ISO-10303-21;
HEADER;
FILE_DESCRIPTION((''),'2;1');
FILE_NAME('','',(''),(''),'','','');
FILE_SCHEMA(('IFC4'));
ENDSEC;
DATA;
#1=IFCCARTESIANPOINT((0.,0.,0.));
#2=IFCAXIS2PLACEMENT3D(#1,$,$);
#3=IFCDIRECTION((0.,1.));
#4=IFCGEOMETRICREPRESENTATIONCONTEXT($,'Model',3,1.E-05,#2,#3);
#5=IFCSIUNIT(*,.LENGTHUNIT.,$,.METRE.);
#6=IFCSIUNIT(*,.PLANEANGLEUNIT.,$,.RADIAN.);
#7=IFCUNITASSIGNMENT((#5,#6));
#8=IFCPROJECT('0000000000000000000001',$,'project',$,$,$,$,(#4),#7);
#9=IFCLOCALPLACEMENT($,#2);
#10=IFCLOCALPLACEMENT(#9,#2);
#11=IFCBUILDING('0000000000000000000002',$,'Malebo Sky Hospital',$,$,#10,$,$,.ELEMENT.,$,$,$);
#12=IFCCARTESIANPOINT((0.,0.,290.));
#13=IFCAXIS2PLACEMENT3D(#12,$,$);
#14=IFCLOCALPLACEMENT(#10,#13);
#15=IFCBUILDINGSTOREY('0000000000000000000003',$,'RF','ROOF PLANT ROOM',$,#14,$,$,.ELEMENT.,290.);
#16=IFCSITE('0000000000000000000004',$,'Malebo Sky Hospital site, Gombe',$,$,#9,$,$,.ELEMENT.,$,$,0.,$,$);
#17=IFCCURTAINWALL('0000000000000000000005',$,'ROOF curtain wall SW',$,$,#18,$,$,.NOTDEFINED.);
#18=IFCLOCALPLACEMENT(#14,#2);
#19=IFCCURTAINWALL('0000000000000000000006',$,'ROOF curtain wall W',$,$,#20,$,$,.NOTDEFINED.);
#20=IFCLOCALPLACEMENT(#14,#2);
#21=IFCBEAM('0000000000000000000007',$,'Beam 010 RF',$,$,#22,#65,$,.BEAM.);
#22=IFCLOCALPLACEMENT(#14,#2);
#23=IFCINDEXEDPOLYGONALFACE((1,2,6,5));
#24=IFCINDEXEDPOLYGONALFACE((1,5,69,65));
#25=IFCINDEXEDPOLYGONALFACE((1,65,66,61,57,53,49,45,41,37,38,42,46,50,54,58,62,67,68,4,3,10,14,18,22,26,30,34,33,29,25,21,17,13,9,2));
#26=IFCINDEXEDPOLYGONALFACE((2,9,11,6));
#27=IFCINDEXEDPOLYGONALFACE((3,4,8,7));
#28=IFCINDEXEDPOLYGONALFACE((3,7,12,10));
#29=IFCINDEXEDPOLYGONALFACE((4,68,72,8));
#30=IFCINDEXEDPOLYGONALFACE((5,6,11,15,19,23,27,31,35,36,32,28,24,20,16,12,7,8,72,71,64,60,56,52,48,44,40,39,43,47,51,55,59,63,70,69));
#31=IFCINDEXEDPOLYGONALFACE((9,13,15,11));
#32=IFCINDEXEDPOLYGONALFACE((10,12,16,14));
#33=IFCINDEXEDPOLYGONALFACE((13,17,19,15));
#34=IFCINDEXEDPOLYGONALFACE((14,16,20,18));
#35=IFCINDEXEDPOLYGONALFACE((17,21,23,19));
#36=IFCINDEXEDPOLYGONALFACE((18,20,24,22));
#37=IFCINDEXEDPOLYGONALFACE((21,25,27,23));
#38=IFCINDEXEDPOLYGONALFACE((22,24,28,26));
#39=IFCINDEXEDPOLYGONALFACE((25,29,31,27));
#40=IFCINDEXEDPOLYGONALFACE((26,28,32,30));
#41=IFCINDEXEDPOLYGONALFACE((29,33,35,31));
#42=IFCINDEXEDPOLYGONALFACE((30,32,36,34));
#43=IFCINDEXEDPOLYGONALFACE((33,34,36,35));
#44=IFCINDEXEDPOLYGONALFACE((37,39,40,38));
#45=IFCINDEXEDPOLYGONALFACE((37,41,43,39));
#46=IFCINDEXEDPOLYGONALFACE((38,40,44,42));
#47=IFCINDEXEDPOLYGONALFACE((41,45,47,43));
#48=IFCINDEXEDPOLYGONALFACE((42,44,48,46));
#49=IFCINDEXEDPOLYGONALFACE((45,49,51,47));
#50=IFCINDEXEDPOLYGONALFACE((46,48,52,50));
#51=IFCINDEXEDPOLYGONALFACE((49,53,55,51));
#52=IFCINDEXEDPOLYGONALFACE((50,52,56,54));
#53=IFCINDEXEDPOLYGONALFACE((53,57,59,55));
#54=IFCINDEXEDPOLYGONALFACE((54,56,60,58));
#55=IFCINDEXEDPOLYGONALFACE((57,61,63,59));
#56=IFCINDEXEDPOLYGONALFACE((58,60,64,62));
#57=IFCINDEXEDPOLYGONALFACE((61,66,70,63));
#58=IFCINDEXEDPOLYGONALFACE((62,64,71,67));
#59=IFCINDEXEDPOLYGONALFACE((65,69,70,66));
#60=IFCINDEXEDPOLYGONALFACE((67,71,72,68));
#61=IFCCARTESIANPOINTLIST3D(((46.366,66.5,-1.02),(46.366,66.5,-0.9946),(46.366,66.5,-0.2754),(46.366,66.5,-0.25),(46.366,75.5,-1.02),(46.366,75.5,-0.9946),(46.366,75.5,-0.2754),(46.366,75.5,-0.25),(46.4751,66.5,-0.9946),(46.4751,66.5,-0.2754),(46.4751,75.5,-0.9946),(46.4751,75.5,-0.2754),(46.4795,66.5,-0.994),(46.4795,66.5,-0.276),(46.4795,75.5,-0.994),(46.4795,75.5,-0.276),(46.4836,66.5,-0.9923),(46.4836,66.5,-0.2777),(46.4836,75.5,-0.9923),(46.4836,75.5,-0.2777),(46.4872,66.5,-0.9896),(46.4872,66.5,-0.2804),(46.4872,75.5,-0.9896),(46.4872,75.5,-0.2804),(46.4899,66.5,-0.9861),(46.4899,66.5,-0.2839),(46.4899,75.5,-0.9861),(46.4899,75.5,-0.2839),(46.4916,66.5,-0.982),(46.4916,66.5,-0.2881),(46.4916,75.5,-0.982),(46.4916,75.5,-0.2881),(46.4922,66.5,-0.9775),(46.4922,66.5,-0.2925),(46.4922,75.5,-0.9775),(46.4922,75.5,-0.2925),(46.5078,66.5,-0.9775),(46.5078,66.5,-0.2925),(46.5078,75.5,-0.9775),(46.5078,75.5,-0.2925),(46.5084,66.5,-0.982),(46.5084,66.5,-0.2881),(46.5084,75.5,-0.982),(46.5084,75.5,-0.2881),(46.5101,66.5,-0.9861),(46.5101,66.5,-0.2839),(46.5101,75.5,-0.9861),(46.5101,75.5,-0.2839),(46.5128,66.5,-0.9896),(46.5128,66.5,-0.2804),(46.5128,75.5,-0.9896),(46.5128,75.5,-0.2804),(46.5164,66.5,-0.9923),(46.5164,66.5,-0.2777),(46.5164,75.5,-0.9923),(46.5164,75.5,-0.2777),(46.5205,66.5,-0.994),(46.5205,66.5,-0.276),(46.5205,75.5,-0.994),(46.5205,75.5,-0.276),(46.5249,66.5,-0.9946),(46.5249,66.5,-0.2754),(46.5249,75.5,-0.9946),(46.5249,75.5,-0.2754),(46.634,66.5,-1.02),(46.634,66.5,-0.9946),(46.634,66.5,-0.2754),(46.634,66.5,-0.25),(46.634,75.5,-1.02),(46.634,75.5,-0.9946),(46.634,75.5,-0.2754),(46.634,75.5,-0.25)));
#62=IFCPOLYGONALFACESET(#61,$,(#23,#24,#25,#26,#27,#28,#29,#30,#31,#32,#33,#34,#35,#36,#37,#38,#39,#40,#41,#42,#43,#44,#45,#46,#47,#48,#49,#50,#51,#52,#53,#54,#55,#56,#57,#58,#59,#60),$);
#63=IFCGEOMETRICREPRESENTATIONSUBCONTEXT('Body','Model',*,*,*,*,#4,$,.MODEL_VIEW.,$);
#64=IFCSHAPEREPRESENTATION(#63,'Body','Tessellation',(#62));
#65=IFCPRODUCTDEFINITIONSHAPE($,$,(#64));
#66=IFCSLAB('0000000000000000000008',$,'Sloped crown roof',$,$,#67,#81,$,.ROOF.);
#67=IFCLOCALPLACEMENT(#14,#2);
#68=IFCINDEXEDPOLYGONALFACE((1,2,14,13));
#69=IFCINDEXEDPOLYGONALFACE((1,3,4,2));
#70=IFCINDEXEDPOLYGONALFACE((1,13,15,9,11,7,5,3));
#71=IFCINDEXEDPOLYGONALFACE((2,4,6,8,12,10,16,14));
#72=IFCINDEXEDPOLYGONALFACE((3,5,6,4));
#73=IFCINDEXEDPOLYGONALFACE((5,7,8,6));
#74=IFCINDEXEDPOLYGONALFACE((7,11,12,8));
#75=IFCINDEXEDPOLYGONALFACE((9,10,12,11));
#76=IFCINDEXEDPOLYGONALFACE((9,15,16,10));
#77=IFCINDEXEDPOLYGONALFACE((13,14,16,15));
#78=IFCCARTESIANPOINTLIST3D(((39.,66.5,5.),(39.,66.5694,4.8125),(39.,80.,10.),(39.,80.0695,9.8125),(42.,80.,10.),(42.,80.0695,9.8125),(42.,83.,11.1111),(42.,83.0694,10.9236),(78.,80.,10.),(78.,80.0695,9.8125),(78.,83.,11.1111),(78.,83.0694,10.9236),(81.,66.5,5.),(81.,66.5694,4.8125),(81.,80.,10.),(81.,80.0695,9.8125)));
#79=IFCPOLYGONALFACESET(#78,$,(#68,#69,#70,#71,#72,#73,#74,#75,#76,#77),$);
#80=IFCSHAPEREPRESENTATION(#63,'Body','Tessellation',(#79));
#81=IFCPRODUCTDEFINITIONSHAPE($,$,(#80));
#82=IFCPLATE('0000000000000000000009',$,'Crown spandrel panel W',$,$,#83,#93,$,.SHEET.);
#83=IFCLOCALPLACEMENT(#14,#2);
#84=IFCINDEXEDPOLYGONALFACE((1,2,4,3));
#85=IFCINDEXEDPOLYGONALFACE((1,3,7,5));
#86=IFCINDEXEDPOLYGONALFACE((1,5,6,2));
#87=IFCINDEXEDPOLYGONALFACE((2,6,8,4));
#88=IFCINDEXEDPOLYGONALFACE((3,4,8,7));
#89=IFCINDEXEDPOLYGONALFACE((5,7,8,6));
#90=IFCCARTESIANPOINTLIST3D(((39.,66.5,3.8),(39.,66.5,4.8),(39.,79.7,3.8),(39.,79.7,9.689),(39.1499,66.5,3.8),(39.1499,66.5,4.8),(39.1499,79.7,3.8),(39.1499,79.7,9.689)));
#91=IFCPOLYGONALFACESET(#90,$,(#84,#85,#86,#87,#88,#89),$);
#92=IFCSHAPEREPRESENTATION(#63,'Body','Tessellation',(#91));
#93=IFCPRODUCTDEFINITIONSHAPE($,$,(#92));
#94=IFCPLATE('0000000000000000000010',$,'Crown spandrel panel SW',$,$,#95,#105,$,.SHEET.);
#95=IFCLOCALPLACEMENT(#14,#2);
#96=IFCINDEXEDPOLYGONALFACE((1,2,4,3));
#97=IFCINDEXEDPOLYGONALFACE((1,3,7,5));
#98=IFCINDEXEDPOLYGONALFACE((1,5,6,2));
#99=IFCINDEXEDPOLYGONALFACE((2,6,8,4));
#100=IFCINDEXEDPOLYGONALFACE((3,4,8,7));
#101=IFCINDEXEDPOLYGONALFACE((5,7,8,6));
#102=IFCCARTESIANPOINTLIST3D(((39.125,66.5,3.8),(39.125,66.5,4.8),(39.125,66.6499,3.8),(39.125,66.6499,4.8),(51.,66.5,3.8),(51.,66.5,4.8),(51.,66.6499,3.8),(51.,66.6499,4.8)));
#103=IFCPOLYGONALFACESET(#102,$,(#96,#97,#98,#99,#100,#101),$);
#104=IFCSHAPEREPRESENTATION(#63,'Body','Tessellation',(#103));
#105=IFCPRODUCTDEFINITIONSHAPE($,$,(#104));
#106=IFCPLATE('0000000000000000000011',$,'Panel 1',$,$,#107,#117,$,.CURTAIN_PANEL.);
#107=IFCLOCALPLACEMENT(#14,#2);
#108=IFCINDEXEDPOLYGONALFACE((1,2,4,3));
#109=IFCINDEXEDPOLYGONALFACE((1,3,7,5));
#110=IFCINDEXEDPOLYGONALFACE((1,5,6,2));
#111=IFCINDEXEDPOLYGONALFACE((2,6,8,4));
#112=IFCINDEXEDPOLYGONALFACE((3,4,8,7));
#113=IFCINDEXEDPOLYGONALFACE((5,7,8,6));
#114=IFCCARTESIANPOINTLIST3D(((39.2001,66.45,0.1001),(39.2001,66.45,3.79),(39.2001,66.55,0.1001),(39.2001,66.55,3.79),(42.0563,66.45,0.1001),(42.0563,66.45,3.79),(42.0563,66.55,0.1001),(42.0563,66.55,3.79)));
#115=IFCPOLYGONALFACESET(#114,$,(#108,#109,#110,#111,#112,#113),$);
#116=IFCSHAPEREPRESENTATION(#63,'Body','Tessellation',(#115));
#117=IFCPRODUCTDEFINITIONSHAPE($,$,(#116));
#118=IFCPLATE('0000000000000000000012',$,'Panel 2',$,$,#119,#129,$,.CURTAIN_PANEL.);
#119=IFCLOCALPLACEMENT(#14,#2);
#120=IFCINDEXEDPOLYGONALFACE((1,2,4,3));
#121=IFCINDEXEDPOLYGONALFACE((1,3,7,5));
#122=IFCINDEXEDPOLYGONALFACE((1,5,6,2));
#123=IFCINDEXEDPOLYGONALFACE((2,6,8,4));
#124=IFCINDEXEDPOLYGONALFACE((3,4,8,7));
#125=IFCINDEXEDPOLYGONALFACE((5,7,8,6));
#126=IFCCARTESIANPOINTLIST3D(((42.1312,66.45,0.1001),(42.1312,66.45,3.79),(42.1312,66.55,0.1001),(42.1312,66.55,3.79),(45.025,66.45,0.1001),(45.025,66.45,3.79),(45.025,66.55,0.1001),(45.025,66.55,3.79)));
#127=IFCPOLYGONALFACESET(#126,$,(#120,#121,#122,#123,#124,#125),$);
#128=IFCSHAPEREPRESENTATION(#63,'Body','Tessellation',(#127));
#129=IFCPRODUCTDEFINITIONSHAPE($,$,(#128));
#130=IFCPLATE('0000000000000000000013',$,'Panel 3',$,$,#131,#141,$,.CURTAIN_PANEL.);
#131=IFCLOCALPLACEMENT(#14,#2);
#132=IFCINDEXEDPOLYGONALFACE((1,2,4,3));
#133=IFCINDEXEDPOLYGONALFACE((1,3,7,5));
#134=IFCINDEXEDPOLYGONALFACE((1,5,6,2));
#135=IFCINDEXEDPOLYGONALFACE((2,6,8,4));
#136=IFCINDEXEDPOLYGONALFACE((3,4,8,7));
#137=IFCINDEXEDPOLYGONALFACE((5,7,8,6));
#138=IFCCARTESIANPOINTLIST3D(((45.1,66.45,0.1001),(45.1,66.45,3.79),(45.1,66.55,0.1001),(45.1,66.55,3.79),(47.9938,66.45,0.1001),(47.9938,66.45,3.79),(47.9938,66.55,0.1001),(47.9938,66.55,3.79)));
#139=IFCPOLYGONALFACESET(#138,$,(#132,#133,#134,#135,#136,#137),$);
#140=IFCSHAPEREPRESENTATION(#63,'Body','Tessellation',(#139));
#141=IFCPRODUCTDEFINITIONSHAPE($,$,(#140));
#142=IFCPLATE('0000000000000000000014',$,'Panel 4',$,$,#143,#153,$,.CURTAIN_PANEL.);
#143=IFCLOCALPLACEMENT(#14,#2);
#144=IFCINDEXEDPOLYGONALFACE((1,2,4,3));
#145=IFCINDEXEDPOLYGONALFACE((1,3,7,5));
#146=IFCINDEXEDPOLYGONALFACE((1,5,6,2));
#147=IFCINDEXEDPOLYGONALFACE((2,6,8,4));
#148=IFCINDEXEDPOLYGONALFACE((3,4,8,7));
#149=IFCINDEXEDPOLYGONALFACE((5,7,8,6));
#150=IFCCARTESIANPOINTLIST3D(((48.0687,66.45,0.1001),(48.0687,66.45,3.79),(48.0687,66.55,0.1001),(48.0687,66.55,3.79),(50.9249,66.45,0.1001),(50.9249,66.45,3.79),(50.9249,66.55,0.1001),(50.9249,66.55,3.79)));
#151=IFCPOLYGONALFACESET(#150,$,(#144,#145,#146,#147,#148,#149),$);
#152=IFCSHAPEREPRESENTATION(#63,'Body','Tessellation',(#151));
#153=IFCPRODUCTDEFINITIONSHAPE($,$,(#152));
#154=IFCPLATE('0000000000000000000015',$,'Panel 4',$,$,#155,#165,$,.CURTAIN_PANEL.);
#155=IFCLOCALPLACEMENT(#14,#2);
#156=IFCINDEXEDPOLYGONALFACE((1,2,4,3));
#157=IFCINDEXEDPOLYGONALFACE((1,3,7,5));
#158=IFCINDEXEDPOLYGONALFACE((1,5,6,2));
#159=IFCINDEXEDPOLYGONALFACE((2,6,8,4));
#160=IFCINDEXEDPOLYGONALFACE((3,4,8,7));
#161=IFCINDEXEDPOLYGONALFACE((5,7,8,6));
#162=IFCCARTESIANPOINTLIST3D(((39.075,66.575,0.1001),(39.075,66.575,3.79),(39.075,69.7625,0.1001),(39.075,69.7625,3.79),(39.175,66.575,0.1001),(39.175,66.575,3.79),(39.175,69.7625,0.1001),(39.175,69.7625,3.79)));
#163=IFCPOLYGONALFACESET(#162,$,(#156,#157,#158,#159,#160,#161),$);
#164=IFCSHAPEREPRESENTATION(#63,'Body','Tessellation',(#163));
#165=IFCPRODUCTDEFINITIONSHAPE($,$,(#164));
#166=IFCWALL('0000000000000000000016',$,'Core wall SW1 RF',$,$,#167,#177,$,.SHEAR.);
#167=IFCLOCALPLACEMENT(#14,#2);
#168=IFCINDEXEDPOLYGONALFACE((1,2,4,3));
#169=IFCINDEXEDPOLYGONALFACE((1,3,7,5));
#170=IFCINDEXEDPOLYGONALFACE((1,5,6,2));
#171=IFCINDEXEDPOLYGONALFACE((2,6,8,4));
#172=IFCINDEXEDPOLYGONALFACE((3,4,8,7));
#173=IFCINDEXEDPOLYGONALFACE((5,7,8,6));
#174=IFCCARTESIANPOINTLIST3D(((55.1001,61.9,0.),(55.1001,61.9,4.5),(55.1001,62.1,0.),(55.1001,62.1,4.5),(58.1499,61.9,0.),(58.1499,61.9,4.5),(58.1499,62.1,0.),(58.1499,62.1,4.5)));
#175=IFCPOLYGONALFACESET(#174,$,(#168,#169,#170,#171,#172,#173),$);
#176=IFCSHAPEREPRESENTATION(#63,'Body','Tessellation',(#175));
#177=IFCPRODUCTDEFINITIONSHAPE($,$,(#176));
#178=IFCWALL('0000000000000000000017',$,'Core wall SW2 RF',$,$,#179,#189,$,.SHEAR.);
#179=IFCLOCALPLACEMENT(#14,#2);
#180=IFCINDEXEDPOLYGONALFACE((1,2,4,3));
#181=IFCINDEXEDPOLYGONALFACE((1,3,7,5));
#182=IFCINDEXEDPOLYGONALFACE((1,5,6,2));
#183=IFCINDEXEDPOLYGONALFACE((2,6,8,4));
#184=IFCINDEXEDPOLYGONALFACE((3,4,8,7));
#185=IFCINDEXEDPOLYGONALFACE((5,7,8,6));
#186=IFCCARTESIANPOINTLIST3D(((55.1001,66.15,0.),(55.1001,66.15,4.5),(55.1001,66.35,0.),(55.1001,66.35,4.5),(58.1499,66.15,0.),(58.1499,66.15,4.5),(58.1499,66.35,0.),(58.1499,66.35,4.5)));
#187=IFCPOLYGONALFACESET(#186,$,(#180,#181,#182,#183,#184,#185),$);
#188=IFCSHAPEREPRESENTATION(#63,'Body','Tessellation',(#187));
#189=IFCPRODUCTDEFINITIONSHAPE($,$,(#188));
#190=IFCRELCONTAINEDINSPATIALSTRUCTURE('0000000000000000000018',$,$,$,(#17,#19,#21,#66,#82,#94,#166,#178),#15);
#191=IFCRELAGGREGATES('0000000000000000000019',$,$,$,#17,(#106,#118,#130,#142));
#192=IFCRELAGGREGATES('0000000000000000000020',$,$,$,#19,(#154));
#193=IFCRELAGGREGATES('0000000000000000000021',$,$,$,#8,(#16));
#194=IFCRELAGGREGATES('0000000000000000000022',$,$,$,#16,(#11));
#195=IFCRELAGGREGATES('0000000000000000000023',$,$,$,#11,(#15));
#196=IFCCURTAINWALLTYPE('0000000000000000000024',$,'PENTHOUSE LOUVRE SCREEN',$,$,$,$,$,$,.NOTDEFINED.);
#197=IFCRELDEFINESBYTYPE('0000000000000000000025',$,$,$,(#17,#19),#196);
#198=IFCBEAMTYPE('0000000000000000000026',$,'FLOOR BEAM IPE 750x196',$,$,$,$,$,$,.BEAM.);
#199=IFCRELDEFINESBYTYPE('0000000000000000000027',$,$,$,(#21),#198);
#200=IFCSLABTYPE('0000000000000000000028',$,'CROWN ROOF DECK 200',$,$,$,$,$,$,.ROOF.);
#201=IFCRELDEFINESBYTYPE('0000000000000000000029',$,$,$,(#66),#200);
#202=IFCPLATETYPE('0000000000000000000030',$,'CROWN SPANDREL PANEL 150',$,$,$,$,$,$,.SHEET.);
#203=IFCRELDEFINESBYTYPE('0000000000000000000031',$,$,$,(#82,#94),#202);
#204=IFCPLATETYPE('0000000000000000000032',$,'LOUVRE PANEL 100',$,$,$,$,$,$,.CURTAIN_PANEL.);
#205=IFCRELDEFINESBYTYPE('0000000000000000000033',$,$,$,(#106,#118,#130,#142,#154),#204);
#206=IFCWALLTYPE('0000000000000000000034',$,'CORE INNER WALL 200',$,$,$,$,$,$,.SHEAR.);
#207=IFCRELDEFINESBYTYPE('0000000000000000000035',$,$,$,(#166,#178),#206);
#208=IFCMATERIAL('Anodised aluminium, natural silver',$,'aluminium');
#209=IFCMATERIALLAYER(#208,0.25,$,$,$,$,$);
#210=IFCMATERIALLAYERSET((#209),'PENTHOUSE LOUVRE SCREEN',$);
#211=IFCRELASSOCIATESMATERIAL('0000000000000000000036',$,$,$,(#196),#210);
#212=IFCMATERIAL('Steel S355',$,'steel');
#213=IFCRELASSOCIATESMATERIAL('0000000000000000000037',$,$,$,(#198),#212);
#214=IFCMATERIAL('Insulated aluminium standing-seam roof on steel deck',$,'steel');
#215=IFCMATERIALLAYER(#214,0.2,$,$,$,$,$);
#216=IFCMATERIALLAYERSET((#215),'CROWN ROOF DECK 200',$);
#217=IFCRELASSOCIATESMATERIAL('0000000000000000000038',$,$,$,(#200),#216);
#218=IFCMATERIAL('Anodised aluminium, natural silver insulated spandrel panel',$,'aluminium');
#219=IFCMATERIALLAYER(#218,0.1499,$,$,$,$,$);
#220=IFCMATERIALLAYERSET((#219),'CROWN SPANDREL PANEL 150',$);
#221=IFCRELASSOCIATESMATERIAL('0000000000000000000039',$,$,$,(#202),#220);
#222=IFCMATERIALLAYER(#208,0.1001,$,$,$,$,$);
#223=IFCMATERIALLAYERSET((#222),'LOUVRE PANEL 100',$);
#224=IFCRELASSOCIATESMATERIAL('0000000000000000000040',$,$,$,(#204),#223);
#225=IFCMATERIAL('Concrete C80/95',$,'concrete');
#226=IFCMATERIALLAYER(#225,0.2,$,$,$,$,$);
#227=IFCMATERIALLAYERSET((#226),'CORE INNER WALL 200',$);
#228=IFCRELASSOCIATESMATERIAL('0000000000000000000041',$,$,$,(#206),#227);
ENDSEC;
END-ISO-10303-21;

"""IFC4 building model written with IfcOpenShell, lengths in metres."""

from ifc_helpers import new_model, si_unit, direction, frame, frame_2d, origin, origin_2d, place, context, subcontext, project, spatial, polyline, rectangle, i_section, outline, extrude, material, layer, layer_set, material_profile, profile_set, type_object, element, aggregate, save


model = new_model("IFC4")

# Units and contexts
model_context = context("Model", 3, precision=1e-05, world=origin(), true_north=direction((0.0, 1.0)))
body_context = subcontext(model_context, "Body", "Model", "MODEL_VIEW")
ifc_project = project(units=[si_unit("LENGTHUNIT", "METRE"), si_unit("PLANEANGLEUNIT", "RADIAN")], contexts=[model_context])

# Site, building, storey
site_placement = place(None, origin())
site = spatial("IfcSite", under=ifc_project, at=site_placement, Name="Malebo Sky Hospital site, Gombe", CompositionType="ELEMENT", RefElevation=0.0)
building_placement = place(site_placement, origin())
building = spatial("IfcBuilding", under=site, at=building_placement, Name="Malebo Sky Hospital", CompositionType="ELEMENT")
storey_placement = place(building_placement, frame((0.0, 0.0, 290.0)))
storey = spatial("IfcBuildingStorey", under=building, at=storey_placement, Name="RF", Description="ROOF PLANT ROOM", CompositionType="ELEMENT", Elevation=290.0)

# Shared definitions
ifc_material_1 = material(Name="Steel S355", Category="steel")

# Curtain wall
ifc_material_2 = material(Name="Anodised aluminium, natural silver", Category="aluminium")
ifc_layer_1 = layer(ifc_material_2, 0.25)
ifc_layer_set_1 = layer_set([ifc_layer_1], Name="PENTHOUSE LOUVRE SCREEN")
curtain_wall_type = type_object("IfcCurtainWallType", Name="PENTHOUSE LOUVRE SCREEN", PredefinedType="NOTDEFINED", material=ifc_layer_set_1)
curtain_wall_1_placement = place(storey_placement, origin())
curtain_wall_1 = element("IfcCurtainWall", 1, at=curtain_wall_1_placement, inside=storey, type_object=curtain_wall_type, Name="ROOF curtain wall SW", PredefinedType="NOTDEFINED")

# Curtain wall
curtain_wall_2_placement = place(storey_placement, origin())
curtain_wall_2 = element("IfcCurtainWall", 2, at=curtain_wall_2_placement, inside=storey, type_object=curtain_wall_type, Name="ROOF curtain wall W", PredefinedType="NOTDEFINED")

# Beam
ifc_material_profile_1 = material_profile(ifc_material_1, i_section(OverallWidth=0.2681, OverallDepth=0.77, WebThickness=0.0156, FlangeThickness=0.0254, FilletRadius=0.0171, at=origin_2d()), Name="IPE 750x196")
ifc_profile_set_1 = profile_set([ifc_material_profile_1], Name="Steel S355")
beam_type_1 = type_object("IfcBeamType", Name="FLOOR BEAM IPE 750x196", PredefinedType="BEAM", material=ifc_profile_set_1)
beam_1_placement = place(storey_placement, frame((46.5, 66.5, -0.635), z_axis=(0.0, 1.0, 0.0), x_axis=(-1.0, 0.0, 0.0)))
element("IfcBeam", 3, at=beam_1_placement, inside=storey, type_object=beam_type_1, Name="Beam 010 RF", PredefinedType="BEAM", context=body_context, shape_type="SweptSolid", body=[
    extrude(i_section(OverallWidth=0.2681, OverallDepth=0.77, WebThickness=0.0156, FlangeThickness=0.0254, FilletRadius=0.0171, at=origin_2d()), origin(), (0.0, 0.0, 1.0), 9.0),
])

# Slab
ifc_material_3 = material(Name="Insulated aluminium standing-seam roof on steel deck", Category="steel")
ifc_layer_2 = layer(ifc_material_3, 0.2)
ifc_layer_set_2 = layer_set([ifc_layer_2], Name="CROWN ROOF DECK 200")
slab_type = type_object("IfcSlabType", Name="CROWN ROOF DECK 200", PredefinedType="ROOF", material=ifc_layer_set_2)
slab_placement = place(storey_placement, frame((39.0, 66.5, 5.0), z_axis=(0.0, -0.347313, 0.937749), x_axis=(1.0, 0.0, 0.0)))
element("IfcSlab", 4, at=slab_placement, inside=storey, type_object=slab_type, Name="Sloped crown roof", PredefinedType="ROOF", context=body_context, shape_type="SweptSolid", body=[
    extrude(outline(polyline([(0.0, 0.0), (42.0, 0.0), (42.0, 14.3962), (39.0, 14.3962), (39.0, 17.5953), (3.0, 17.5953), (3.0, 14.3962), (0.0, 14.3962), (0.0, 0.0)])), origin(), (0.0, 0.0, -1.0), 0.2),
])

# Plates
ifc_material_4 = material(Name="Anodised aluminium, natural silver insulated spandrel panel", Category="aluminium")
ifc_layer_3 = layer(ifc_material_4, 0.1499)
ifc_layer_set_3 = layer_set([ifc_layer_3], Name="CROWN SPANDREL PANEL 150")
plate_type_1 = type_object("IfcPlateType", Name="CROWN SPANDREL PANEL 150", PredefinedType="SHEET", material=ifc_layer_set_3)
plate_1_placement = place(storey_placement, frame((39.0, 66.5, 4.8), z_axis=(-1.0, 0.0, 0.0), x_axis=(0.0, 0.937748, 0.347317)))
element("IfcPlate", 5, at=plate_1_placement, inside=storey, type_object=plate_type_1, Name="Crown spandrel panel W", PredefinedType="SHEET", context=body_context, shape_type="SweptSolid", body=[
    extrude(outline(polyline([(0.0, 0.0), (14.0762, 0.0), (12.0309, 5.5223), (-0.3473, 0.9377), (0.0, 0.0)])), origin(), (0.0, 0.0, -1.0), 0.1499),
])
plate_2_placement = place(storey_placement, frame((39.125, 66.5, 3.8), z_axis=(0.0, -1.0, 0.0), x_axis=(1.0, 0.0, 0.0)))
element("IfcPlate", 6, at=plate_2_placement, inside=storey, type_object=plate_type_1, Name="Crown spandrel panel SW", PredefinedType="SHEET", context=body_context, shape_type="SweptSolid", body=[
    extrude(outline(polyline([(0.0, 0.0), (11.875, 0.0), (11.875, 1.0), (0.0, 1.0), (0.0, 0.0)])), origin(), (0.0, 0.0, -1.0), 0.1499),
])

# Plates
ifc_layer_4 = layer(ifc_material_2, 0.1001)
ifc_layer_set_4 = layer_set([ifc_layer_4], Name="LOUVRE PANEL 100")
plate_type_2 = type_object("IfcPlateType", Name="LOUVRE PANEL 100", PredefinedType="CURTAIN_PANEL", material=ifc_layer_set_4)
plate_3_placement = place(storey_placement, frame((40.6282, 66.5, 0.1001), z_axis=(0.0, 0.0, 1.0), x_axis=(1.0, 0.0, 0.0)))
plate_3 = element("IfcPlate", 7, at=plate_3_placement, type_object=plate_type_2, Name="Panel 1", PredefinedType="CURTAIN_PANEL", context=body_context, shape_type="SweptSolid", body=[
    extrude(rectangle(XDim=2.8562, YDim=0.1001, at=origin_2d()), origin(), (0.0, 0.0, 1.0), 3.6899),
])
plate_4_placement = place(storey_placement, frame((43.5781, 66.5, 0.1001), z_axis=(0.0, 0.0, 1.0), x_axis=(1.0, 0.0, 0.0)))
plate_4 = element("IfcPlate", 8, at=plate_4_placement, type_object=plate_type_2, Name="Panel 2", PredefinedType="CURTAIN_PANEL", context=body_context, shape_type="SweptSolid", body=[
    extrude(rectangle(XDim=2.8938, YDim=0.1001, at=origin_2d()), origin(), (0.0, 0.0, 1.0), 3.6899),
])
plate_5_placement = place(storey_placement, frame((46.5469, 66.5, 0.1001), z_axis=(0.0, 0.0, 1.0), x_axis=(1.0, 0.0, 0.0)))
plate_5 = element("IfcPlate", 9, at=plate_5_placement, type_object=plate_type_2, Name="Panel 3", PredefinedType="CURTAIN_PANEL", context=body_context, shape_type="SweptSolid", body=[
    extrude(rectangle(XDim=2.8938, YDim=0.1001, at=origin_2d()), origin(), (0.0, 0.0, 1.0), 3.6899),
])
plate_6_placement = place(storey_placement, frame((49.4968, 66.5, 0.1001), z_axis=(0.0, 0.0, 1.0), x_axis=(1.0, 0.0, 0.0)))
plate_6 = element("IfcPlate", 10, at=plate_6_placement, type_object=plate_type_2, Name="Panel 4", PredefinedType="CURTAIN_PANEL", context=body_context, shape_type="SweptSolid", body=[
    extrude(rectangle(XDim=2.8562, YDim=0.1001, at=origin_2d()), origin(), (0.0, 0.0, 1.0), 3.6899),
])
aggregate(curtain_wall_1, [plate_3, plate_4, plate_5, plate_6])
plate_7_placement = place(storey_placement, frame((39.125, 68.1687, 0.1001), z_axis=(0.0, 0.0, 1.0), x_axis=(0.0, -1.0, 0.0)))
plate_7 = element("IfcPlate", 11, at=plate_7_placement, type_object=plate_type_2, Name="Panel 4", PredefinedType="CURTAIN_PANEL", context=body_context, shape_type="SweptSolid", body=[
    extrude(rectangle(XDim=3.1875, YDim=0.1001, at=origin_2d()), origin(), (0.0, 0.0, 1.0), 3.6899),
])
aggregate(curtain_wall_2, [plate_7])

# Walls
ifc_material_5 = material(Name="Concrete C80/95", Category="concrete")
ifc_layer_5 = layer(ifc_material_5, 0.2)
ifc_layer_set_5 = layer_set([ifc_layer_5], Name="CORE INNER WALL 200")
wall_type_1 = type_object("IfcWallType", Name="CORE INNER WALL 200", PredefinedType="SHEAR", material=ifc_layer_set_5)
for number, where, z_axis, x_axis, name in (
    (12, (55.1001, 62.0, 0.0), (0.0, 0.0, 1.0), (1.0, 0.0, 0.0), "Core wall SW1 RF"),
    (13, (55.1001, 66.25, 0.0), (0.0, 0.0, 1.0), (1.0, 0.0, 0.0), "Core wall SW2 RF"),
):
    element("IfcWall", number, at=place(storey_placement, frame(where, z_axis=z_axis, x_axis=x_axis)), inside=storey, type_object=wall_type_1, Name=name, PredefinedType="SHEAR", context=body_context, shape_type="SweptSolid", body=[
        extrude(rectangle(XDim=3.0498, YDim=0.2, at=frame_2d((1.5249, 0.0))), origin(), (0.0, 0.0, 1.0), 4.5),
    ])

save(model, "model.ifc")
